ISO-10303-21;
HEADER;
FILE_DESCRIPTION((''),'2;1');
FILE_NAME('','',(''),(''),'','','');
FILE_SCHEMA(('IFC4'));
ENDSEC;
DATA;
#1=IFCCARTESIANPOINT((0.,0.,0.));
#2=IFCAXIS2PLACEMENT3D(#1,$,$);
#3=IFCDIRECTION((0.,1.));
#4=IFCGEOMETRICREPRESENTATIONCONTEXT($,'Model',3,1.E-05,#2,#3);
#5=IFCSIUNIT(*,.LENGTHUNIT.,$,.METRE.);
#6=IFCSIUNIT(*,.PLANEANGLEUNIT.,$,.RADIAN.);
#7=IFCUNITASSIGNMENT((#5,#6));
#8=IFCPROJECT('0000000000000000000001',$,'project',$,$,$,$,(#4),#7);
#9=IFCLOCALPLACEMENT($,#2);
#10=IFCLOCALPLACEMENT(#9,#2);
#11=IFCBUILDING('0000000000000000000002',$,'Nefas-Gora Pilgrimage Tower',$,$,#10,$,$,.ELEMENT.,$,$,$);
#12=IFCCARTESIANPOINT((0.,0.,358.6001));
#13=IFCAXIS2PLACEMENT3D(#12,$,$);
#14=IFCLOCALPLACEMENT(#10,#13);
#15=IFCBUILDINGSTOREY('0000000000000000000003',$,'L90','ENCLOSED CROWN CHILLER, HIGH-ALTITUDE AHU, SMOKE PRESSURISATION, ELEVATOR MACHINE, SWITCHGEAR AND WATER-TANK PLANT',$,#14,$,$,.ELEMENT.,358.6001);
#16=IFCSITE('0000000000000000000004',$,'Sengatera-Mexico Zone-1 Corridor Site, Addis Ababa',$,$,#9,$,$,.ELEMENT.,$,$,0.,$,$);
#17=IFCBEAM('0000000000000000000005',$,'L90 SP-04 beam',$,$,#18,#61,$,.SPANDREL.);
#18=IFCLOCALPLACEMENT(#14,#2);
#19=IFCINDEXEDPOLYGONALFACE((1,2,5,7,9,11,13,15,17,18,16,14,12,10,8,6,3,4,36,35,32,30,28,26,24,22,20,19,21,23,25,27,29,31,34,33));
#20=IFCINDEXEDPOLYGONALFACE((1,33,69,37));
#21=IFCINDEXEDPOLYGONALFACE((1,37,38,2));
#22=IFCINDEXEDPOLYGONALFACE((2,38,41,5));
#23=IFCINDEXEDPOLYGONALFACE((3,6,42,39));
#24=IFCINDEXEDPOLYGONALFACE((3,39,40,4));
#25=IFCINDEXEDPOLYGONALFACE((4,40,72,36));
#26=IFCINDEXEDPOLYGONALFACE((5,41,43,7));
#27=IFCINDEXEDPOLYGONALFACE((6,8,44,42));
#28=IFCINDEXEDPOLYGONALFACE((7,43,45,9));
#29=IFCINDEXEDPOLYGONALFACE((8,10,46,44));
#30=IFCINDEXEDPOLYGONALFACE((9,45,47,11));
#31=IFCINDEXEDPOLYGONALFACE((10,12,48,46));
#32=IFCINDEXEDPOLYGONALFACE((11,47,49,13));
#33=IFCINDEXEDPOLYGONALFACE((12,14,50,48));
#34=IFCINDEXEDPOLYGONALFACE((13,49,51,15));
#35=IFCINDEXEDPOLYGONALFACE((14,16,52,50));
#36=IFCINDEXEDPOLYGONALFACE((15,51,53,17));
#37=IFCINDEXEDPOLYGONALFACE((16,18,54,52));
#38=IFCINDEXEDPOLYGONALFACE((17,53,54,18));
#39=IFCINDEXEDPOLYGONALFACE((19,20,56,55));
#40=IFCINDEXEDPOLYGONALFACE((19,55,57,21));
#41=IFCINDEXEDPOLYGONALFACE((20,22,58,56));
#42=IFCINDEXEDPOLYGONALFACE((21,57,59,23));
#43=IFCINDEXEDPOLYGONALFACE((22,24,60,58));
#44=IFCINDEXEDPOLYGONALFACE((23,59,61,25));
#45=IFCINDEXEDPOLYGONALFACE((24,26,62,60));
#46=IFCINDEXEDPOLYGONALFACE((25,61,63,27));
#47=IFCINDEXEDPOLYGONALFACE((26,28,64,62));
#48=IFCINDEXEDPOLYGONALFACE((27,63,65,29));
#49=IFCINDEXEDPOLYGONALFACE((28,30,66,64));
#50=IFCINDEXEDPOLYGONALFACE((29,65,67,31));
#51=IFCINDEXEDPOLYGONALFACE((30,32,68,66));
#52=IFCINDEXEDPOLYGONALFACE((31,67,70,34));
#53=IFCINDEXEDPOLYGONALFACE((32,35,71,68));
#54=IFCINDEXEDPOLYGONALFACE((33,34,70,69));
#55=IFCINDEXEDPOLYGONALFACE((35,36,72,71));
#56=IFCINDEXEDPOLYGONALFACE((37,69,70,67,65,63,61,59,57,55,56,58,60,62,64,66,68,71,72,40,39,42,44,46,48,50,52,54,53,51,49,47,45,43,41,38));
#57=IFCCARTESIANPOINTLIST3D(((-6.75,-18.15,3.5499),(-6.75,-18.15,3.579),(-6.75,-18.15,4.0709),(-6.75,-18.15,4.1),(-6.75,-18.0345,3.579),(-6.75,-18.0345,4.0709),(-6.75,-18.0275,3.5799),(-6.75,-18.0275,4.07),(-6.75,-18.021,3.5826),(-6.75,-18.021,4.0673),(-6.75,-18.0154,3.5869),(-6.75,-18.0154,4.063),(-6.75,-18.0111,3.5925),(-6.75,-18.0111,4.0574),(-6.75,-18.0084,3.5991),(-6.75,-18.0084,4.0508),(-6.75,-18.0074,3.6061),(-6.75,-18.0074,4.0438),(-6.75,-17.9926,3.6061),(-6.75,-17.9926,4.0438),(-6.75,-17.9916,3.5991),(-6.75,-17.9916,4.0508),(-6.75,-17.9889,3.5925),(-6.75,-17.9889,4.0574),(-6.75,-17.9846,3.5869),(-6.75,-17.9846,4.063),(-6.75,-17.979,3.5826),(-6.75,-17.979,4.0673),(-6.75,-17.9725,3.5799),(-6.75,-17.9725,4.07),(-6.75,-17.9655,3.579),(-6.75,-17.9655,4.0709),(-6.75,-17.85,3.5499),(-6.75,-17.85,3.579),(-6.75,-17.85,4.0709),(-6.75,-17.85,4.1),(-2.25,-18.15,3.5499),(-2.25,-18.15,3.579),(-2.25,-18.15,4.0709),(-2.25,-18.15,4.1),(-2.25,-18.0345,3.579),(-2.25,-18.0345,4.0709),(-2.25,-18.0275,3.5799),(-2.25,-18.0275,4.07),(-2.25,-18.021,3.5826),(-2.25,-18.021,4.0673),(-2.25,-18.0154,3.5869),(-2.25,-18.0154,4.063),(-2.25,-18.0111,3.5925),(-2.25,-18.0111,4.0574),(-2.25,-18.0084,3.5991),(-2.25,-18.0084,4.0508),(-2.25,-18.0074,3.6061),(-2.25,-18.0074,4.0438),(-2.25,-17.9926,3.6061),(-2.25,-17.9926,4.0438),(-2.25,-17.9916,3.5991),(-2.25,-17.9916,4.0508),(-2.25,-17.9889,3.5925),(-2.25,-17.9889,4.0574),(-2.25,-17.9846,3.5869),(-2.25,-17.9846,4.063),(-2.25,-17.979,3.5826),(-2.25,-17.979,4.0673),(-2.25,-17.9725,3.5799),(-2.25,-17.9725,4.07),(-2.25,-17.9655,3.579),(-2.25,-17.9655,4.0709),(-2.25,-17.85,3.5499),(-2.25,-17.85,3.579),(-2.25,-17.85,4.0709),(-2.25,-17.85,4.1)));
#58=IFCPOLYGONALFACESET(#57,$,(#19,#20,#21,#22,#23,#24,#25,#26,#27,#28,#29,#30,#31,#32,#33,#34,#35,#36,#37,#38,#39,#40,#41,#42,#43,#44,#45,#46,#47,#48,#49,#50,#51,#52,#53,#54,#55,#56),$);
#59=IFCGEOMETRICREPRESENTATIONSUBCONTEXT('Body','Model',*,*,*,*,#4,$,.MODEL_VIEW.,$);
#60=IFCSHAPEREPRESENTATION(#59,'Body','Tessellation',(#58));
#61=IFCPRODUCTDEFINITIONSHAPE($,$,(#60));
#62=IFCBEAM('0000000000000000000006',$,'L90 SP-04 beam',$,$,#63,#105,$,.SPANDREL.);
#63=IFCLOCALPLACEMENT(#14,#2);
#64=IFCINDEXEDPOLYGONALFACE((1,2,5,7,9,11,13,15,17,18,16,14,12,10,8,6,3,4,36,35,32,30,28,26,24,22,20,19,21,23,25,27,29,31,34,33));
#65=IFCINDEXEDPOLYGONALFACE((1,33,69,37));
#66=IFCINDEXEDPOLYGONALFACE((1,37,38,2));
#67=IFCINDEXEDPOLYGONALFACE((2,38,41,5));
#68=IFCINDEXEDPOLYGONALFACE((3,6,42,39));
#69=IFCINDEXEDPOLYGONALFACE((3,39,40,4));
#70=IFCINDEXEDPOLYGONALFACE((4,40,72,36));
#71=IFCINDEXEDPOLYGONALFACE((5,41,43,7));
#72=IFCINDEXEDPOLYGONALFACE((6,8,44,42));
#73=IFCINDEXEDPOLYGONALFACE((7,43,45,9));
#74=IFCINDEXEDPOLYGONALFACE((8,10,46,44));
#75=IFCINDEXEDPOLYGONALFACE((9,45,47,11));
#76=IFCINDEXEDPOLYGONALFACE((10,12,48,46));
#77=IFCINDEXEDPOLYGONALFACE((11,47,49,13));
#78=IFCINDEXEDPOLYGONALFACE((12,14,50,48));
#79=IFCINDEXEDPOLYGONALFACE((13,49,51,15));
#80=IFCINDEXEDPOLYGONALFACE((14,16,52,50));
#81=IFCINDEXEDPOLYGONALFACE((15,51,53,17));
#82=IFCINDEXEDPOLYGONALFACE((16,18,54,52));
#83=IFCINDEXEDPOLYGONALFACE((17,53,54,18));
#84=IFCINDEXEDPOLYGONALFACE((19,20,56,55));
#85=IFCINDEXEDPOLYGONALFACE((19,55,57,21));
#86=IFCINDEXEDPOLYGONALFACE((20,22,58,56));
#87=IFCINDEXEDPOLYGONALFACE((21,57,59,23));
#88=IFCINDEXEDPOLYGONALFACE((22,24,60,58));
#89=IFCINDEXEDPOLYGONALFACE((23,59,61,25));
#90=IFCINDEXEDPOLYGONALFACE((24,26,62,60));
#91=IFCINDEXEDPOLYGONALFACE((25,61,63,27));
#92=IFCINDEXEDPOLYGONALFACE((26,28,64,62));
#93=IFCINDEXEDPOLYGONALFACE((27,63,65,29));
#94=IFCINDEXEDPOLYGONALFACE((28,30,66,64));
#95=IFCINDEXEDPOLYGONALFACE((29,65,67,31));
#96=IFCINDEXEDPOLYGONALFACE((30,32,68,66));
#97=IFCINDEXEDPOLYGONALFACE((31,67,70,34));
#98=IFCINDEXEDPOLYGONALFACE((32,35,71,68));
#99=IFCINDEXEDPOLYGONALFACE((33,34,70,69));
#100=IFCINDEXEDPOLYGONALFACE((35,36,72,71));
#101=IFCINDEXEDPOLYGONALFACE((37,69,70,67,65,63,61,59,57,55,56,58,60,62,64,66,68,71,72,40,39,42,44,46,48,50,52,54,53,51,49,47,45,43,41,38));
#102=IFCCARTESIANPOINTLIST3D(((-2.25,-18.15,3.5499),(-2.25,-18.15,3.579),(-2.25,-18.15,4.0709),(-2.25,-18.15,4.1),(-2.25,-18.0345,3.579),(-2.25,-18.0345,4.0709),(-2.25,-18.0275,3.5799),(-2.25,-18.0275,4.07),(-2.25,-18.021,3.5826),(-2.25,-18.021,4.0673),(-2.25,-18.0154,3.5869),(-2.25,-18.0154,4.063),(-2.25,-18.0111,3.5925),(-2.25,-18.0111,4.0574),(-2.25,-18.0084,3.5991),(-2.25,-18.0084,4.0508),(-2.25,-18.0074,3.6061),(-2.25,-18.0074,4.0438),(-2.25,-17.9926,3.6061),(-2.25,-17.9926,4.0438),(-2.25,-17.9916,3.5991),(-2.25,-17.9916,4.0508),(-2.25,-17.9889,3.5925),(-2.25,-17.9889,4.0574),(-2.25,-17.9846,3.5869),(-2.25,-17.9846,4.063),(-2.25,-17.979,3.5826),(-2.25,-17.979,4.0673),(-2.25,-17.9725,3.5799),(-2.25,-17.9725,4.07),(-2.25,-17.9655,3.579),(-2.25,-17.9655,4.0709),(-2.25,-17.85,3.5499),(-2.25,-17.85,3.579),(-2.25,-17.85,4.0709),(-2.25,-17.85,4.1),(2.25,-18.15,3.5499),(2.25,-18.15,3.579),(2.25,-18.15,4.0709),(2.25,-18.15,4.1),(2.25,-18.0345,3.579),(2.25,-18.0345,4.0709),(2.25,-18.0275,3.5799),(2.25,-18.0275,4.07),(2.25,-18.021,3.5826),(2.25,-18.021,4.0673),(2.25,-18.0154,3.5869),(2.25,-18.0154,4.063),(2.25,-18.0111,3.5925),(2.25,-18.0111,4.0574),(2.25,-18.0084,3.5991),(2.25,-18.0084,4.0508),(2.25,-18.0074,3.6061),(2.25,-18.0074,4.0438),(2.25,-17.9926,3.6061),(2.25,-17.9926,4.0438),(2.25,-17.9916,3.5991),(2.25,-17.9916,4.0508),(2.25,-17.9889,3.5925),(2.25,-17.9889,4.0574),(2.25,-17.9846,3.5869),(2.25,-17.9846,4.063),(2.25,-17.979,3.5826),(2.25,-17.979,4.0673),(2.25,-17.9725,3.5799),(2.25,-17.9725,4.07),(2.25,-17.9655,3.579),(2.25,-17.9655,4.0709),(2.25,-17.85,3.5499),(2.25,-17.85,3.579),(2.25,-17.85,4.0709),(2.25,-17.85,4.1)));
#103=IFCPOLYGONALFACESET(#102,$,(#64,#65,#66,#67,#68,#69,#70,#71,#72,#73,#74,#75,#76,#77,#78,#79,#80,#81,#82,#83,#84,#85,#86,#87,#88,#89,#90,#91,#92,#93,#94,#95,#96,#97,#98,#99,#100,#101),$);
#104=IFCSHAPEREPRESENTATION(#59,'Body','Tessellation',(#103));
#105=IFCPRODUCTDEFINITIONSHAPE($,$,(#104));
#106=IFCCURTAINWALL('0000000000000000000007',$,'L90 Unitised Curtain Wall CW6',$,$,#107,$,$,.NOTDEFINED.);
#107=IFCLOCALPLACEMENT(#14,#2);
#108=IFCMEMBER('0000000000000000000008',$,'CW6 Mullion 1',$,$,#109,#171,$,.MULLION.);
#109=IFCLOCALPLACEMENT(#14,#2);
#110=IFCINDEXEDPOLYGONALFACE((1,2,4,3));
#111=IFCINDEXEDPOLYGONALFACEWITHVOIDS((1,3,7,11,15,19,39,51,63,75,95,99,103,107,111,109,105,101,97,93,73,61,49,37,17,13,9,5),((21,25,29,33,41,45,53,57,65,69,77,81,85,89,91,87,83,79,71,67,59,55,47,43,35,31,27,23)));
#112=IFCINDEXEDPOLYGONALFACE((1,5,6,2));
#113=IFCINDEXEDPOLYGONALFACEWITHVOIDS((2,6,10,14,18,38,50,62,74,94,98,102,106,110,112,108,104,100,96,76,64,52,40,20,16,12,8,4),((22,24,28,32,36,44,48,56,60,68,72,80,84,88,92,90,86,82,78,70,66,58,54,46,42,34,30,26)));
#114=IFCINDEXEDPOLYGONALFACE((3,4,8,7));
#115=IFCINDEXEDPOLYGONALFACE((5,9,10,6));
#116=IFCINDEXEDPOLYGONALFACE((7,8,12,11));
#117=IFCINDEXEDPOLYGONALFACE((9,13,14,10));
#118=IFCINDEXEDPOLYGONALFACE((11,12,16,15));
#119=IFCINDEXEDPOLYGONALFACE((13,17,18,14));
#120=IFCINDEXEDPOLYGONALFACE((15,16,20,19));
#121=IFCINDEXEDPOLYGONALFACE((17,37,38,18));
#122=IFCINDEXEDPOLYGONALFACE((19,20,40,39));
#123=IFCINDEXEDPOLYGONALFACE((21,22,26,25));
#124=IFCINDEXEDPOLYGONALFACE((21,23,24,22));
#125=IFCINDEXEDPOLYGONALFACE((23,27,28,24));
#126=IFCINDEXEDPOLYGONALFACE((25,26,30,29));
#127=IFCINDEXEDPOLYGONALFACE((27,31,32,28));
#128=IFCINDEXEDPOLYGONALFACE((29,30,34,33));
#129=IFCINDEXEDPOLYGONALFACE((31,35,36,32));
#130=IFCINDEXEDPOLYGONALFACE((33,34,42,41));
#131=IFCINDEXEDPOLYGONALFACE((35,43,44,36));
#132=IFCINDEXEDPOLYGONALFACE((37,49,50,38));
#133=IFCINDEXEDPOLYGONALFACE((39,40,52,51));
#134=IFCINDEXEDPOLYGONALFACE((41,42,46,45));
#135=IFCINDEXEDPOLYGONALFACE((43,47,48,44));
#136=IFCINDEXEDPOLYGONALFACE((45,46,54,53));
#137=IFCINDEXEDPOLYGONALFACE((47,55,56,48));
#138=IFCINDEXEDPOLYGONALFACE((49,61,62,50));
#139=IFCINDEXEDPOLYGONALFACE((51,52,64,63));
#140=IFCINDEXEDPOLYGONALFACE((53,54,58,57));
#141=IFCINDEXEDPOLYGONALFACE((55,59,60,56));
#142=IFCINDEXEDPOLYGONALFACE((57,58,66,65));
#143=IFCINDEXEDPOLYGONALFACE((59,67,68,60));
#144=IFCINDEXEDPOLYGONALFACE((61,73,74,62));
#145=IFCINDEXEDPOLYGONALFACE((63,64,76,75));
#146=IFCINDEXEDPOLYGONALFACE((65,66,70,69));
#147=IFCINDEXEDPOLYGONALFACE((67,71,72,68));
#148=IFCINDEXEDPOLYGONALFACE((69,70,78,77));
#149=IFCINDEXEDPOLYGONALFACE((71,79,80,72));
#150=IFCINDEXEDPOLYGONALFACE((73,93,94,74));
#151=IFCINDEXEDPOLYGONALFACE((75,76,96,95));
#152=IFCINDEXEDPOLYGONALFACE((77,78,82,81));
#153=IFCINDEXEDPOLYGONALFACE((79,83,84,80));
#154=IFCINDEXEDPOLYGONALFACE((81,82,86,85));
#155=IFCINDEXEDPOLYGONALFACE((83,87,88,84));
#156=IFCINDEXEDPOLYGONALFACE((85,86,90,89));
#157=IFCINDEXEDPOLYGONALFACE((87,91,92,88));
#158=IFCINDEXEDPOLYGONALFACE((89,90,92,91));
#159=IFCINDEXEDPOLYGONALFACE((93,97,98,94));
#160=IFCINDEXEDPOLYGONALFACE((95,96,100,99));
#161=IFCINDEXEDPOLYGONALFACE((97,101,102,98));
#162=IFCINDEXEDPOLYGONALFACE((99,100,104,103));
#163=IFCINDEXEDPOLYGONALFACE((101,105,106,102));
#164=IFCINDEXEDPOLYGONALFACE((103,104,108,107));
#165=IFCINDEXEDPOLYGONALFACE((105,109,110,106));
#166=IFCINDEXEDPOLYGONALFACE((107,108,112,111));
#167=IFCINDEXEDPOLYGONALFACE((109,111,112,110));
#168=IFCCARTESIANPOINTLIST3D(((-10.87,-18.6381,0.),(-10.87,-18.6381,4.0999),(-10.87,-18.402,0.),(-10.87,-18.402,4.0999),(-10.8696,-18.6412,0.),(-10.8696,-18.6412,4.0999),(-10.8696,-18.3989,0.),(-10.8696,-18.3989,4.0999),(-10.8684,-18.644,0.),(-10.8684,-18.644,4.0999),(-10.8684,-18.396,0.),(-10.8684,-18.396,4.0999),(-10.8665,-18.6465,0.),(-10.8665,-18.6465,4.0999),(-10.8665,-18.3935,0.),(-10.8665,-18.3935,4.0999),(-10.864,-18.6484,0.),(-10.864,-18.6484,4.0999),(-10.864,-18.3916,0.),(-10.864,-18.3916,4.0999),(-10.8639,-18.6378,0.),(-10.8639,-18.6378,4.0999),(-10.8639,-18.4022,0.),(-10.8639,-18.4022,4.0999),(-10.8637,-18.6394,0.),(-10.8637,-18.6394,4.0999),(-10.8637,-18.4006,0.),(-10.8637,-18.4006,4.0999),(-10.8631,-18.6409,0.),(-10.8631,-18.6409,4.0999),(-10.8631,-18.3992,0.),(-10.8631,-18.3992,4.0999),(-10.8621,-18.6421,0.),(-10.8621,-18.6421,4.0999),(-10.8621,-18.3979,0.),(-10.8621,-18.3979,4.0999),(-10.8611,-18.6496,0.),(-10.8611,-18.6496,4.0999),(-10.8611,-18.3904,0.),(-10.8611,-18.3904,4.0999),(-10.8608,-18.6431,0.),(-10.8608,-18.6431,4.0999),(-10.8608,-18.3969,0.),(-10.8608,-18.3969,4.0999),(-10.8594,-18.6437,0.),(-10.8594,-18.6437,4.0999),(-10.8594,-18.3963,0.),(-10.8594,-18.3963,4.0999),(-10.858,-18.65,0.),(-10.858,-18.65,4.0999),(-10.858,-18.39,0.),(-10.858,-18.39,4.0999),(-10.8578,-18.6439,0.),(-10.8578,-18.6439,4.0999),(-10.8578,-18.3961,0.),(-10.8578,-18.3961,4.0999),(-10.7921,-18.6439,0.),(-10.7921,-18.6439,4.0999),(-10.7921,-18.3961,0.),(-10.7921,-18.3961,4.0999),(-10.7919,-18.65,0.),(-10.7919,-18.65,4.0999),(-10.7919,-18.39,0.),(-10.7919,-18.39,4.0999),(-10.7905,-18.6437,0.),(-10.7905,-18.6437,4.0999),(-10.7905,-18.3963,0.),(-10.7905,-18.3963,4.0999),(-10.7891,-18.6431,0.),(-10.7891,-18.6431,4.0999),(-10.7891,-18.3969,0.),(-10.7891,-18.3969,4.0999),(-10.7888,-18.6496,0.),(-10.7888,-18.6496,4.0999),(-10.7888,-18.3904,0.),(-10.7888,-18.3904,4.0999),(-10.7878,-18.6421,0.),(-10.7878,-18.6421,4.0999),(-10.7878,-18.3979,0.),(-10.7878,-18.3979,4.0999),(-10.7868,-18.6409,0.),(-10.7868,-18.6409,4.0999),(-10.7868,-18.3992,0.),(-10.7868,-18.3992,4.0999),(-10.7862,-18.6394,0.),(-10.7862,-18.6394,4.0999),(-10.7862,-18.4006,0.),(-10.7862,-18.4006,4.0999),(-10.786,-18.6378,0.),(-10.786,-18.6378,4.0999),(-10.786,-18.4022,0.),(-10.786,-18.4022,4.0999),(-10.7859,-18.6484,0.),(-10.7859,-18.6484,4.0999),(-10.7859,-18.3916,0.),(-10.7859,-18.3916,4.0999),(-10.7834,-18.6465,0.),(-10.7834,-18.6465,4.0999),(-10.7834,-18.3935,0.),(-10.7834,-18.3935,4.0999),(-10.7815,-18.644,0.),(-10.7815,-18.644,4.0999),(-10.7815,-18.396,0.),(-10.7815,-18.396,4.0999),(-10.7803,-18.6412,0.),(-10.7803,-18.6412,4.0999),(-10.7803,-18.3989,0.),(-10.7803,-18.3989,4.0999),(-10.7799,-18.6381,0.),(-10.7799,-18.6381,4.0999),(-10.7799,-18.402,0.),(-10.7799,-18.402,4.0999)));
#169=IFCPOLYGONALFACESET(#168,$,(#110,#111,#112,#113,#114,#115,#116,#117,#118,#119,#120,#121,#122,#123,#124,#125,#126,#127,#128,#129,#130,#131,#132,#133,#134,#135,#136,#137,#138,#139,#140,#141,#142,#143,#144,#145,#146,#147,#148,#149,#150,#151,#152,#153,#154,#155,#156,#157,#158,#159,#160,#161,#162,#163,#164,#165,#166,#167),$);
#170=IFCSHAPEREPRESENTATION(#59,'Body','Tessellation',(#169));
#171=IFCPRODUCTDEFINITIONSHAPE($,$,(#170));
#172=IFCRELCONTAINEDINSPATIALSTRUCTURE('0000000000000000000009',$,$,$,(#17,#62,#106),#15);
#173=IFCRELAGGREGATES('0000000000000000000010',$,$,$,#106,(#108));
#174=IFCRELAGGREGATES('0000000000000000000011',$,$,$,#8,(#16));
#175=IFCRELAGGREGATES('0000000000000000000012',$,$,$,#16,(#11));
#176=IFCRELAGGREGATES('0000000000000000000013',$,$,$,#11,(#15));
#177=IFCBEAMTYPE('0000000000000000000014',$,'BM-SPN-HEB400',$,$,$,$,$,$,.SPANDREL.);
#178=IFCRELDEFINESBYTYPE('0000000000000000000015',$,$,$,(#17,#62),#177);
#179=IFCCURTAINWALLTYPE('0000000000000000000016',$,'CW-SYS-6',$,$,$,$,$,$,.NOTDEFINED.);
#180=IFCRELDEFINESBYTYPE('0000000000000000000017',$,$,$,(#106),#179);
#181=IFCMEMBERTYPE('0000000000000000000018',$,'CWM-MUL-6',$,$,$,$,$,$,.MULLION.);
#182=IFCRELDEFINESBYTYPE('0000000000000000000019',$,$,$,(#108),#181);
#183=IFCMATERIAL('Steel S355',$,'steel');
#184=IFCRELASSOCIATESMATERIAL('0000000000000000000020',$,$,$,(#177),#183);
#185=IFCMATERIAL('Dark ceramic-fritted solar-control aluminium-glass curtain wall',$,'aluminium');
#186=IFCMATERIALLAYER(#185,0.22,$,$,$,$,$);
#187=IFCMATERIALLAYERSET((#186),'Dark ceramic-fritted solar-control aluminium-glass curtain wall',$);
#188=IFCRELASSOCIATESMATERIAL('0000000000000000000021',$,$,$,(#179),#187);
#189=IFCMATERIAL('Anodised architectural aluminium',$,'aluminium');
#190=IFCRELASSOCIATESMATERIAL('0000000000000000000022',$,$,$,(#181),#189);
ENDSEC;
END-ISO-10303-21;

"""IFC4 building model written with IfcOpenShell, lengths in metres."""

from ifc_helpers import new_model, si_unit, direction, frame, origin, origin_2d, place, context, subcontext, project, spatial, hollow_rectangle, i_section, extrude, source, transform, mapped, material, layer, layer_set, material_profile, profile_set, type_object, element, aggregate, save


model = new_model("IFC4")

# Units and contexts
model_context = context("Model", 3, precision=1e-05, world=origin(), true_north=direction((0.0, 1.0)))
body_context = subcontext(model_context, "Body", "Model", "MODEL_VIEW")
ifc_project = project(units=[si_unit("LENGTHUNIT", "METRE"), si_unit("PLANEANGLEUNIT", "RADIAN")], contexts=[model_context])

# Site, building, storey
site_placement = place(None, origin())
site = spatial("IfcSite", under=ifc_project, at=site_placement, Name="Sengatera-Mexico Zone-1 Corridor Site, Addis Ababa", CompositionType="ELEMENT", RefElevation=0.0)
building_placement = place(site_placement, origin())
building = spatial("IfcBuilding", under=site, at=building_placement, Name="Nefas-Gora Pilgrimage Tower", CompositionType="ELEMENT")
storey_placement = place(building_placement, frame((0.0, 0.0, 358.6001)))
storey = spatial("IfcBuildingStorey", under=building, at=storey_placement, Name="L90", Description="ENCLOSED CROWN CHILLER, HIGH-ALTITUDE AHU, SMOKE PRESSURISATION, ELEVATOR MACHINE, SWITCHGEAR AND WATER-TANK PLANT", CompositionType="ELEMENT", Elevation=358.6001)

# Shared definitions
ifc_material_1 = material(Name="Steel S355", Category="steel")

# Beams
ifc_material_profile_1 = material_profile(ifc_material_1, i_section(OverallWidth=0.3, OverallDepth=0.55, WebThickness=0.0149, FlangeThickness=0.0291, FilletRadius=0.0271, at=origin_2d()), Name="HEB 550")
ifc_profile_set_1 = profile_set([ifc_material_profile_1], Name="Steel S355")
beam_type_1 = type_object("IfcBeamType", Name="BM-SPN-HEB400", PredefinedType="SPANDREL", material=ifc_profile_set_1)
shared_shape_1 = source(origin(), body_context, "Body", "SweptSolid", [
    extrude(i_section(OverallWidth=0.3, OverallDepth=0.55, WebThickness=0.0149, FlangeThickness=0.0291, FilletRadius=0.0271, at=origin_2d()), origin(), (0.0, 0.0, 1.0), 4.5),
])
for number, where, z_axis, x_axis, name in (
    (1, (-6.75, -18.0, 3.825), (1.0, 0.0, 0.0), (0.0, 1.0, 0.0), "L90 SP-04 beam"),
    (2, (-2.25, -18.0, 3.825), (1.0, 0.0, 0.0), (0.0, 1.0, 0.0), "L90 SP-04 beam"),
):
    element("IfcBeam", number, at=place(storey_placement, frame(where, z_axis=z_axis, x_axis=x_axis)), inside=storey, type_object=beam_type_1, Name=name, PredefinedType="SPANDREL", context=body_context, shape_type="MappedRepresentation", body=[
        mapped(shared_shape_1, transform((0.0, 0.0, 0.0), x_axis=(1.0, 0.0, 0.0), y_axis=(0.0, 1.0, 0.0), z_axis=(0.0, 0.0, 1.0), scale=1.0)),
    ])

# Curtain wall, member
ifc_material_2 = material(Name="Dark ceramic-fritted solar-control aluminium-glass curtain wall", Category="aluminium")
ifc_layer_1 = layer(ifc_material_2, 0.22)
ifc_layer_set_1 = layer_set([ifc_layer_1], Name="Dark ceramic-fritted solar-control aluminium-glass curtain wall")
curtain_wall_type = type_object("IfcCurtainWallType", Name="CW-SYS-6", PredefinedType="NOTDEFINED", material=ifc_layer_set_1)
curtain_wall_placement = place(storey_placement, origin())
curtain_wall = element("IfcCurtainWall", 3, at=curtain_wall_placement, inside=storey, type_object=curtain_wall_type, Name="L90 Unitised Curtain Wall CW6", PredefinedType="NOTDEFINED")
ifc_material_3 = material(Name="Anodised architectural aluminium", Category="aluminium")
ifc_material_profile_2 = material_profile(ifc_material_3, hollow_rectangle(XDim=0.0901, YDim=0.26, WallThickness=0.0061, InnerFilletRadius=0.0061, OuterFilletRadius=0.012, at=origin_2d()), Name="ALU MULLION 90x260")
ifc_profile_set_2 = profile_set([ifc_material_profile_2], Name="Anodised architectural aluminium")
member_type_1 = type_object("IfcMemberType", Name="CWM-MUL-6", PredefinedType="MULLION", material=ifc_profile_set_2)
shared_shape_2 = source(origin(), body_context, "Body", "SweptSolid", [
    extrude(hollow_rectangle(XDim=0.0901, YDim=0.26, WallThickness=0.0061, InnerFilletRadius=0.0061, OuterFilletRadius=0.012, at=origin_2d()), origin(), (0.0, 0.0, 1.0), 4.0999),
])
member_1_placement = place(storey_placement, frame((-10.825, -18.52, 0.0), z_axis=(0.0, 0.0, 1.0), x_axis=(1.0, 0.0, 0.0)))
member_1 = element("IfcMember", 4, at=member_1_placement, type_object=member_type_1, Name="CW6 Mullion 1", PredefinedType="MULLION", context=body_context, shape_type="MappedRepresentation", body=[
    mapped(shared_shape_2, transform((0.0, 0.0, 0.0), x_axis=(1.0, 0.0, 0.0), y_axis=(0.0, 1.0, 0.0), z_axis=(0.0, 0.0, 1.0), scale=1.0)),
])

aggregate(curtain_wall, [member_1])

save(model, "model.ifc")
